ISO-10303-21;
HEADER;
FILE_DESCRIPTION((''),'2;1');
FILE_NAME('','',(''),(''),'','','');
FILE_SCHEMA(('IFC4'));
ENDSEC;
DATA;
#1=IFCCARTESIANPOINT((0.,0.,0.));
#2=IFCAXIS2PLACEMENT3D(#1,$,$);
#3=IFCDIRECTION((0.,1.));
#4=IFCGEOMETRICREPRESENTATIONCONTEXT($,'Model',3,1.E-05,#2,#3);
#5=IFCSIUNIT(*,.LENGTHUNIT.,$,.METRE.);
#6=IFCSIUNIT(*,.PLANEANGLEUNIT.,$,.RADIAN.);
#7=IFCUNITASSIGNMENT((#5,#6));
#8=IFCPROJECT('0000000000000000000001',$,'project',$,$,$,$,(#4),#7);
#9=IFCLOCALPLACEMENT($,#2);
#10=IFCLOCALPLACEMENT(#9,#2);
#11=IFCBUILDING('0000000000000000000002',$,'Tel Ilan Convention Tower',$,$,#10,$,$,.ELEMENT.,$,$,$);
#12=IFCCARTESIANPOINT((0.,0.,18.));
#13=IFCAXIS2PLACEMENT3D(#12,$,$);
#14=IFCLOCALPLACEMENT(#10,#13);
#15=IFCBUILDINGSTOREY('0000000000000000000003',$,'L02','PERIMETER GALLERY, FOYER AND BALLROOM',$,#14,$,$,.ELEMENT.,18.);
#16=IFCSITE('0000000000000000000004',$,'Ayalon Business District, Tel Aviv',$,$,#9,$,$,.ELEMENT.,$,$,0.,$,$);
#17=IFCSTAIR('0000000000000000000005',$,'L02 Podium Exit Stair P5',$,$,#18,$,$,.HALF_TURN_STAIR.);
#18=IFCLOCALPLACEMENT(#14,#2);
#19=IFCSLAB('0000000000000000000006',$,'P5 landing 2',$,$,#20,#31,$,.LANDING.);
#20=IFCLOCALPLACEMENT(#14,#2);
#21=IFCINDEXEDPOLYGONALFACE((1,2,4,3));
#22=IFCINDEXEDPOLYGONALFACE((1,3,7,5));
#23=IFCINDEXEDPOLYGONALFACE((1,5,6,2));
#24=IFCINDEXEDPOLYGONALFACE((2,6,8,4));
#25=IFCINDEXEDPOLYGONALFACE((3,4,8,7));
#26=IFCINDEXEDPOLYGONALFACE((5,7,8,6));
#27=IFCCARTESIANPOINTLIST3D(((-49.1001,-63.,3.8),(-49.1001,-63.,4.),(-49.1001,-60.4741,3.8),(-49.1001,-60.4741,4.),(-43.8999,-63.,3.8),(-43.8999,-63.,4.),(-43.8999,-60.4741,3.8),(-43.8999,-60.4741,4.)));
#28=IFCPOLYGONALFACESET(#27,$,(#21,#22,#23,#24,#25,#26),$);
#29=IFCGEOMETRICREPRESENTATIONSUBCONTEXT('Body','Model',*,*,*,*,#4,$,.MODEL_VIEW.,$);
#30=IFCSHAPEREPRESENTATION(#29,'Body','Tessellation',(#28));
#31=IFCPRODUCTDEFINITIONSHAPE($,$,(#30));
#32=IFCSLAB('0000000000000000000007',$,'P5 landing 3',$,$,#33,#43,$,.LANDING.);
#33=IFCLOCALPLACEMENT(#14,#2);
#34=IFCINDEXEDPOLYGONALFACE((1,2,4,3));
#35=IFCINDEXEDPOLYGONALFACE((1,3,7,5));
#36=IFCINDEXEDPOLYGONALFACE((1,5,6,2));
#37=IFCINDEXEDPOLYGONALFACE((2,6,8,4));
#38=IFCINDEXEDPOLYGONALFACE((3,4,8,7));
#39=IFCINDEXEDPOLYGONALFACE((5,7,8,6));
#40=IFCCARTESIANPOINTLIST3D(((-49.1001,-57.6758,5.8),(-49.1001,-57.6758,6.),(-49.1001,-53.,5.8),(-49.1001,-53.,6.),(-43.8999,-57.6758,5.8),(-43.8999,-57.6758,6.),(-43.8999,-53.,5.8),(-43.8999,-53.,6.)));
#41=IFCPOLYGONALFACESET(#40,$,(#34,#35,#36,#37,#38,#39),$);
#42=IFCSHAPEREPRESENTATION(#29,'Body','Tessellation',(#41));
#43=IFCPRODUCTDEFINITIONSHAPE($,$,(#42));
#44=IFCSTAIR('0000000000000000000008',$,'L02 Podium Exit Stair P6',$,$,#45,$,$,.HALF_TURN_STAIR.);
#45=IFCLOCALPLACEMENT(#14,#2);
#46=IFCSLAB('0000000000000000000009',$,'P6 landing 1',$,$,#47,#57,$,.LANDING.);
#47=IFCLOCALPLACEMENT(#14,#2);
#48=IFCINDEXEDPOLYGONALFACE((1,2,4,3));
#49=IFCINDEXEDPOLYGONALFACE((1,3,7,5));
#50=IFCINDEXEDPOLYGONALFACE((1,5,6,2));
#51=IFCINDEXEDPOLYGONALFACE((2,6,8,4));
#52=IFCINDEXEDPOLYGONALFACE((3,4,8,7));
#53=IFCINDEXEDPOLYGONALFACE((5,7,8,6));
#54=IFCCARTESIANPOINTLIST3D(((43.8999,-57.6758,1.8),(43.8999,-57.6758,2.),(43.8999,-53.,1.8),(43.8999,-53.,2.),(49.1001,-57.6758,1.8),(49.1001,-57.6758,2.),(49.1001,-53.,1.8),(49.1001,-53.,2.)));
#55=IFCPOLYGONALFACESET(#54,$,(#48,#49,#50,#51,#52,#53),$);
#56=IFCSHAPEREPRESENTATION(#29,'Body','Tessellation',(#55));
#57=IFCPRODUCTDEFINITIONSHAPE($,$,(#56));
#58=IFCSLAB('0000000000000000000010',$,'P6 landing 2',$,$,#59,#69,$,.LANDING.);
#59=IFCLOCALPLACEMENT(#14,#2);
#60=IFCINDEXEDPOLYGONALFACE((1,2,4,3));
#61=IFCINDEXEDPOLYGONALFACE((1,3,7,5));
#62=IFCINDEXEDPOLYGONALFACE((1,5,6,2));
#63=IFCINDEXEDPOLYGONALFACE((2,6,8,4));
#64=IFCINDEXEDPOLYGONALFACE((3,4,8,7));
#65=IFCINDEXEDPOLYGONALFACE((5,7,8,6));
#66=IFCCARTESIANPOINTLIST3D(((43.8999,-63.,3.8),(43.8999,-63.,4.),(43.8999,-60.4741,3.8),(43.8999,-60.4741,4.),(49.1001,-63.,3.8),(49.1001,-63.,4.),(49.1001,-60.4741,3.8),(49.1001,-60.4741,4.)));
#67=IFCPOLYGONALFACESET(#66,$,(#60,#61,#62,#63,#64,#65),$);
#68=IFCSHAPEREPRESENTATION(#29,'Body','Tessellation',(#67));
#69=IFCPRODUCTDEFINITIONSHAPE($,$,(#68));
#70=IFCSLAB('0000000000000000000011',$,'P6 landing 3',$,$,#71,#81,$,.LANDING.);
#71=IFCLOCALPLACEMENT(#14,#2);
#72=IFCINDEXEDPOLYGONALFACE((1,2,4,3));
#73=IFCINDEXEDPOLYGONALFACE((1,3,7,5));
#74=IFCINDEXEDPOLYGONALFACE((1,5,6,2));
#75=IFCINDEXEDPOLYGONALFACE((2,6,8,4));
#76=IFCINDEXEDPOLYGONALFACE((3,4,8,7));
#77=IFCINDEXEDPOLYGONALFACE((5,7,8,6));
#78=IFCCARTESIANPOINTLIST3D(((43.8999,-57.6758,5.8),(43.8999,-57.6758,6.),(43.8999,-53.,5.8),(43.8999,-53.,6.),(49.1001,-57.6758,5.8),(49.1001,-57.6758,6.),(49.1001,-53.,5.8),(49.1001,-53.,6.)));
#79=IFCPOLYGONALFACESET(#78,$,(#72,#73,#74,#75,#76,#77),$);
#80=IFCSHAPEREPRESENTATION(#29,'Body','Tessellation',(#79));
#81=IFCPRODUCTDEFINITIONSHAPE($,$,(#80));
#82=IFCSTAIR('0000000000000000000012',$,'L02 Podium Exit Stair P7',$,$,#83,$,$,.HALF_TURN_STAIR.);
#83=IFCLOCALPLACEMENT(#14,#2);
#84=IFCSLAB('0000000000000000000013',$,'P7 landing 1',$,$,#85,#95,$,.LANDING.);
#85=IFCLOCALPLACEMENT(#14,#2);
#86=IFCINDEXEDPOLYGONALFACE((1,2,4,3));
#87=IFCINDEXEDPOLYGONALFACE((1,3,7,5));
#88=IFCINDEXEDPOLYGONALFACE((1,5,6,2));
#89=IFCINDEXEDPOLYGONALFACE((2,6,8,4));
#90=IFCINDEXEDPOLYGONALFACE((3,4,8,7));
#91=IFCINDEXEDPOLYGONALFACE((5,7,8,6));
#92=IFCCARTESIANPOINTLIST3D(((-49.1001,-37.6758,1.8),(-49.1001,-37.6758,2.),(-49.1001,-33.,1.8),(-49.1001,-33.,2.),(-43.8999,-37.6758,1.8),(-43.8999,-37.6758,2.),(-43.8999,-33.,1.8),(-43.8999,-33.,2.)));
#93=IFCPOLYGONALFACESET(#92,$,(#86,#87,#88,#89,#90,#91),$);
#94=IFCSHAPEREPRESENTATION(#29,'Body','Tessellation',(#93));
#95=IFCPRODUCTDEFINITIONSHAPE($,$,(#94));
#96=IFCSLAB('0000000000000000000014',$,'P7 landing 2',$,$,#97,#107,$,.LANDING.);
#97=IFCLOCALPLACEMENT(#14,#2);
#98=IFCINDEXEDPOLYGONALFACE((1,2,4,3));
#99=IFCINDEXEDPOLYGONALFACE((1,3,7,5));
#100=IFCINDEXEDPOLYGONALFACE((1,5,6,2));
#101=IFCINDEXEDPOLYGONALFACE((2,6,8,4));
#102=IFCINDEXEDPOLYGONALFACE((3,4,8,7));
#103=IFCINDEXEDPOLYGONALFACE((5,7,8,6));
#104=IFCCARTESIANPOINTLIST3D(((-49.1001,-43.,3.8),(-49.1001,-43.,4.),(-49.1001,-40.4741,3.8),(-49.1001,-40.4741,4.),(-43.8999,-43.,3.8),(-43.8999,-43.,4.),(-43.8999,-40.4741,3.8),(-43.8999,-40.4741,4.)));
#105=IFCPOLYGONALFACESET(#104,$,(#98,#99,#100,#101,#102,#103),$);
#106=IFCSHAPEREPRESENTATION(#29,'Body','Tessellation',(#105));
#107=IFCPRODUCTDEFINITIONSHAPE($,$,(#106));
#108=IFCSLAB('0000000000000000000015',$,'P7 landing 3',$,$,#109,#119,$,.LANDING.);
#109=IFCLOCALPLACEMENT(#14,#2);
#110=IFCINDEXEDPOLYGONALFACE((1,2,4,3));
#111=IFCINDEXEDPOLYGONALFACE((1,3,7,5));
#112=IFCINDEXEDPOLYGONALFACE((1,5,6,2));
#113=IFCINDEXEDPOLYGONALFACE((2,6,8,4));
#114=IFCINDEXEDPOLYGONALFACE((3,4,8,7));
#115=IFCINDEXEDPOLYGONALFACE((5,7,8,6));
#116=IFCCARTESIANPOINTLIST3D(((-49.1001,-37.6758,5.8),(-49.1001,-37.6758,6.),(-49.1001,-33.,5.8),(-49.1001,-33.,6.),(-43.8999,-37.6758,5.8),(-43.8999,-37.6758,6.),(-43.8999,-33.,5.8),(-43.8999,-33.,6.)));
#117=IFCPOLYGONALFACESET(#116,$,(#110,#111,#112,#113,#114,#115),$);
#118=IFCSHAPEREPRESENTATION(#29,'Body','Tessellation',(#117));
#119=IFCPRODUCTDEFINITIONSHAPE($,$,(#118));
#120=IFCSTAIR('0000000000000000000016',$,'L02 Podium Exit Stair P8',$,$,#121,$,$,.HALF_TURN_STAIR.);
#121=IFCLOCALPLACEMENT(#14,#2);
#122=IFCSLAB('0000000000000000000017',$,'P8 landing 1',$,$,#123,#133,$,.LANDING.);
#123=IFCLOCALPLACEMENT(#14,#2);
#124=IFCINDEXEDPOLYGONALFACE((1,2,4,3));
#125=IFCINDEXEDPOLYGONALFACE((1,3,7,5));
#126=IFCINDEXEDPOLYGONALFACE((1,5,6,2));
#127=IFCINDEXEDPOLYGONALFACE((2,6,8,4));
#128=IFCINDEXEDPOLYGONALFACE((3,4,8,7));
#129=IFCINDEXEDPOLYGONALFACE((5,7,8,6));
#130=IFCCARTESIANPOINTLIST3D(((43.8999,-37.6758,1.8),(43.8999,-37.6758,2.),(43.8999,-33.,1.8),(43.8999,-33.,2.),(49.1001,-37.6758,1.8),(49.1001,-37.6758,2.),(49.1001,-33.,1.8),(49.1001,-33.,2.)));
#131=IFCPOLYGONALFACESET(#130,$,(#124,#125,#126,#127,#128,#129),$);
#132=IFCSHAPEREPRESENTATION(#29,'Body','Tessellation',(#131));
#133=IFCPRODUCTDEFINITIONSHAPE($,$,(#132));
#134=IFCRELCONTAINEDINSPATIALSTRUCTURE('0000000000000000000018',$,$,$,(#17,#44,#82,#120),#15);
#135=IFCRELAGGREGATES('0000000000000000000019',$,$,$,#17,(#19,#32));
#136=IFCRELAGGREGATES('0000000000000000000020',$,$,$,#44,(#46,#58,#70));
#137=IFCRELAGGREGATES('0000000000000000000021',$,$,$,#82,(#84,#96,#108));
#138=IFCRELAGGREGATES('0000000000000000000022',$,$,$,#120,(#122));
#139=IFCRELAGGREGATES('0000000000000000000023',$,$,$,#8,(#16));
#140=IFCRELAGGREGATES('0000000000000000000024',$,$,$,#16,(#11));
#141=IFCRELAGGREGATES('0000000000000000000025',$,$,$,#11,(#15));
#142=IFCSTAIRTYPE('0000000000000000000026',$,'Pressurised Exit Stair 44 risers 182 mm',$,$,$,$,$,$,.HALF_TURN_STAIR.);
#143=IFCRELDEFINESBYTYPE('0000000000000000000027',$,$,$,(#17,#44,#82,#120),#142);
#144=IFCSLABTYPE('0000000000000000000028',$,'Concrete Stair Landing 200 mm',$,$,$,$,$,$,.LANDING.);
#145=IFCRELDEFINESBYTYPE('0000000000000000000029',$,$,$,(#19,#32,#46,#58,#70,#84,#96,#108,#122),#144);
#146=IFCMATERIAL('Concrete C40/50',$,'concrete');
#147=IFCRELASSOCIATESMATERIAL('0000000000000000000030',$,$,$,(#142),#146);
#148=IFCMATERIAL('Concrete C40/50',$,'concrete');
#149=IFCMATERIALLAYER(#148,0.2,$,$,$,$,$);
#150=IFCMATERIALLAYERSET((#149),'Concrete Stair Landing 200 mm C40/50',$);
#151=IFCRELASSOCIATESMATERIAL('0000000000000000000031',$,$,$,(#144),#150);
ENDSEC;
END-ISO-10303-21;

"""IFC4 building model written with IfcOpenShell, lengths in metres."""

from ifc_helpers import new_model, si_unit, direction, frame, origin, place, context, subcontext, project, spatial, polyline, outline, extrude, material, layer, layer_set, type_object, element, aggregate, save


model = new_model("IFC4")

# Units and contexts
model_context = context("Model", 3, precision=1e-05, world=origin(), true_north=direction((0.0, 1.0)))
body_context = subcontext(model_context, "Body", "Model", "MODEL_VIEW")
ifc_project = project(units=[si_unit("LENGTHUNIT", "METRE"), si_unit("PLANEANGLEUNIT", "RADIAN")], contexts=[model_context])

# Site, building, storey
site_placement = place(None, origin())
site = spatial("IfcSite", under=ifc_project, at=site_placement, Name="Ayalon Business District, Tel Aviv", CompositionType="ELEMENT", RefElevation=0.0)
building_placement = place(site_placement, origin())
building = spatial("IfcBuilding", under=site, at=building_placement, Name="Tel Ilan Convention Tower", CompositionType="ELEMENT")
storey_placement = place(building_placement, frame((0.0, 0.0, 18.0)))
storey = spatial("IfcBuildingStorey", under=building, at=storey_placement, Name="L02", Description="PERIMETER GALLERY, FOYER AND BALLROOM", CompositionType="ELEMENT", Elevation=18.0)

# Stairs, slabs
ifc_material_1 = material(Name="Concrete C40/50", Category="concrete")
stair_type = type_object("IfcStairType", Name="Pressurised Exit Stair 44 risers 182 mm", PredefinedType="HALF_TURN_STAIR", material=ifc_material_1)
stair_1_placement = place(storey_placement, origin())
stair_1 = element("IfcStair", 1, at=stair_1_placement, inside=storey, type_object=stair_type, Name="L02 Podium Exit Stair P5", PredefinedType="HALF_TURN_STAIR")
ifc_material_2 = material(Name="Concrete C40/50", Category="concrete")
ifc_layer = layer(ifc_material_2, 0.2)
ifc_layer_set = layer_set([ifc_layer], Name="Concrete Stair Landing 200 mm C40/50")
slab_type = type_object("IfcSlabType", Name="Concrete Stair Landing 200 mm", PredefinedType="LANDING", material=ifc_layer_set)
slab_1_placement = place(storey_placement, frame((0.0, 0.0, 3.8)))
slab_1 = element("IfcSlab", 2, at=slab_1_placement, type_object=slab_type, Name="P5 landing 2", PredefinedType="LANDING", context=body_context, shape_type="SweptSolid", body=[
    extrude(outline(polyline([(-43.8999, -63.0), (-43.8999, -60.4741), (-49.1001, -60.4741), (-49.1001, -63.0), (-43.8999, -63.0)])), origin(), (0.0, 0.0, 1.0), 0.2),
])
slab_2_placement = place(storey_placement, frame((0.0, 0.0, 5.8)))
slab_2 = element("IfcSlab", 3, at=slab_2_placement, type_object=slab_type, Name="P5 landing 3", PredefinedType="LANDING", context=body_context, shape_type="SweptSolid", body=[
    extrude(outline(polyline([(-43.8999, -57.6758), (-43.8999, -53.0), (-49.1001, -53.0), (-49.1001, -57.6758), (-43.8999, -57.6758)])), origin(), (0.0, 0.0, 1.0), 0.2),
])
aggregate(stair_1, [slab_1, slab_2])
stair_2_placement = place(storey_placement, origin())
stair_2 = element("IfcStair", 4, at=stair_2_placement, inside=storey, type_object=stair_type, Name="L02 Podium Exit Stair P6", PredefinedType="HALF_TURN_STAIR")
slab_3_placement = place(storey_placement, frame((0.0, 0.0, 1.8)))
slab_3 = element("IfcSlab", 5, at=slab_3_placement, type_object=slab_type, Name="P6 landing 1", PredefinedType="LANDING", context=body_context, shape_type="SweptSolid", body=[
    extrude(outline(polyline([(49.1001, -57.6758), (49.1001, -53.0), (43.8999, -53.0), (43.8999, -57.6758), (49.1001, -57.6758)])), origin(), (0.0, 0.0, 1.0), 0.2),
])
slab_4_placement = place(storey_placement, frame((0.0, 0.0, 3.8)))
slab_4 = element("IfcSlab", 6, at=slab_4_placement, type_object=slab_type, Name="P6 landing 2", PredefinedType="LANDING", context=body_context, shape_type="SweptSolid", body=[
    extrude(outline(polyline([(49.1001, -63.0), (49.1001, -60.4741), (43.8999, -60.4741), (43.8999, -63.0), (49.1001, -63.0)])), origin(), (0.0, 0.0, 1.0), 0.2),
])
slab_5_placement = place(storey_placement, frame((0.0, 0.0, 5.8)))
slab_5 = element("IfcSlab", 7, at=slab_5_placement, type_object=slab_type, Name="P6 landing 3", PredefinedType="LANDING", context=body_context, shape_type="SweptSolid", body=[
    extrude(outline(polyline([(49.1001, -57.6758), (49.1001, -53.0), (43.8999, -53.0), (43.8999, -57.6758), (49.1001, -57.6758)])), origin(), (0.0, 0.0, 1.0), 0.2),
])
aggregate(stair_2, [slab_3, slab_4, slab_5])
stair_3_placement = place(storey_placement, origin())
stair_3 = element("IfcStair", 8, at=stair_3_placement, inside=storey, type_object=stair_type, Name="L02 Podium Exit Stair P7", PredefinedType="HALF_TURN_STAIR")
slab_6_placement = place(storey_placement, frame((0.0, 0.0, 1.8)))
slab_6 = element("IfcSlab", 9, at=slab_6_placement, type_object=slab_type, Name="P7 landing 1", PredefinedType="LANDING", context=body_context, shape_type="SweptSolid", body=[
    extrude(outline(polyline([(-43.8999, -37.6758), (-43.8999, -33.0), (-49.1001, -33.0), (-49.1001, -37.6758), (-43.8999, -37.6758)])), origin(), (0.0, 0.0, 1.0), 0.2),
])
slab_7_placement = place(storey_placement, frame((0.0, 0.0, 3.8)))
slab_7 = element("IfcSlab", 10, at=slab_7_placement, type_object=slab_type, Name="P7 landing 2", PredefinedType="LANDING", context=body_context, shape_type="SweptSolid", body=[
    extrude(outline(polyline([(-43.8999, -43.0), (-43.8999, -40.4741), (-49.1001, -40.4741), (-49.1001, -43.0), (-43.8999, -43.0)])), origin(), (0.0, 0.0, 1.0), 0.2),
])
slab_8_placement = place(storey_placement, frame((0.0, 0.0, 5.8)))
slab_8 = element("IfcSlab", 11, at=slab_8_placement, type_object=slab_type, Name="P7 landing 3", PredefinedType="LANDING", context=body_context, shape_type="SweptSolid", body=[
    extrude(outline(polyline([(-43.8999, -37.6758), (-43.8999, -33.0), (-49.1001, -33.0), (-49.1001, -37.6758), (-43.8999, -37.6758)])), origin(), (0.0, 0.0, 1.0), 0.2),
])
aggregate(stair_3, [slab_6, slab_7, slab_8])

# Stair, slab
stair_4_placement = place(storey_placement, origin())
stair_4 = element("IfcStair", 12, at=stair_4_placement, inside=storey, type_object=stair_type, Name="L02 Podium Exit Stair P8", PredefinedType="HALF_TURN_STAIR")
slab_9_placement = place(storey_placement, frame((0.0, 0.0, 1.8)))
slab_9 = element("IfcSlab", 13, at=slab_9_placement, type_object=slab_type, Name="P8 landing 1", PredefinedType="LANDING", context=body_context, shape_type="SweptSolid", body=[
    extrude(outline(polyline([(49.1001, -37.6758), (49.1001, -33.0), (43.8999, -33.0), (43.8999, -37.6758), (49.1001, -37.6758)])), origin(), (0.0, 0.0, 1.0), 0.2),
])
aggregate(stair_4, [slab_9])

save(model, "model.ifc")
